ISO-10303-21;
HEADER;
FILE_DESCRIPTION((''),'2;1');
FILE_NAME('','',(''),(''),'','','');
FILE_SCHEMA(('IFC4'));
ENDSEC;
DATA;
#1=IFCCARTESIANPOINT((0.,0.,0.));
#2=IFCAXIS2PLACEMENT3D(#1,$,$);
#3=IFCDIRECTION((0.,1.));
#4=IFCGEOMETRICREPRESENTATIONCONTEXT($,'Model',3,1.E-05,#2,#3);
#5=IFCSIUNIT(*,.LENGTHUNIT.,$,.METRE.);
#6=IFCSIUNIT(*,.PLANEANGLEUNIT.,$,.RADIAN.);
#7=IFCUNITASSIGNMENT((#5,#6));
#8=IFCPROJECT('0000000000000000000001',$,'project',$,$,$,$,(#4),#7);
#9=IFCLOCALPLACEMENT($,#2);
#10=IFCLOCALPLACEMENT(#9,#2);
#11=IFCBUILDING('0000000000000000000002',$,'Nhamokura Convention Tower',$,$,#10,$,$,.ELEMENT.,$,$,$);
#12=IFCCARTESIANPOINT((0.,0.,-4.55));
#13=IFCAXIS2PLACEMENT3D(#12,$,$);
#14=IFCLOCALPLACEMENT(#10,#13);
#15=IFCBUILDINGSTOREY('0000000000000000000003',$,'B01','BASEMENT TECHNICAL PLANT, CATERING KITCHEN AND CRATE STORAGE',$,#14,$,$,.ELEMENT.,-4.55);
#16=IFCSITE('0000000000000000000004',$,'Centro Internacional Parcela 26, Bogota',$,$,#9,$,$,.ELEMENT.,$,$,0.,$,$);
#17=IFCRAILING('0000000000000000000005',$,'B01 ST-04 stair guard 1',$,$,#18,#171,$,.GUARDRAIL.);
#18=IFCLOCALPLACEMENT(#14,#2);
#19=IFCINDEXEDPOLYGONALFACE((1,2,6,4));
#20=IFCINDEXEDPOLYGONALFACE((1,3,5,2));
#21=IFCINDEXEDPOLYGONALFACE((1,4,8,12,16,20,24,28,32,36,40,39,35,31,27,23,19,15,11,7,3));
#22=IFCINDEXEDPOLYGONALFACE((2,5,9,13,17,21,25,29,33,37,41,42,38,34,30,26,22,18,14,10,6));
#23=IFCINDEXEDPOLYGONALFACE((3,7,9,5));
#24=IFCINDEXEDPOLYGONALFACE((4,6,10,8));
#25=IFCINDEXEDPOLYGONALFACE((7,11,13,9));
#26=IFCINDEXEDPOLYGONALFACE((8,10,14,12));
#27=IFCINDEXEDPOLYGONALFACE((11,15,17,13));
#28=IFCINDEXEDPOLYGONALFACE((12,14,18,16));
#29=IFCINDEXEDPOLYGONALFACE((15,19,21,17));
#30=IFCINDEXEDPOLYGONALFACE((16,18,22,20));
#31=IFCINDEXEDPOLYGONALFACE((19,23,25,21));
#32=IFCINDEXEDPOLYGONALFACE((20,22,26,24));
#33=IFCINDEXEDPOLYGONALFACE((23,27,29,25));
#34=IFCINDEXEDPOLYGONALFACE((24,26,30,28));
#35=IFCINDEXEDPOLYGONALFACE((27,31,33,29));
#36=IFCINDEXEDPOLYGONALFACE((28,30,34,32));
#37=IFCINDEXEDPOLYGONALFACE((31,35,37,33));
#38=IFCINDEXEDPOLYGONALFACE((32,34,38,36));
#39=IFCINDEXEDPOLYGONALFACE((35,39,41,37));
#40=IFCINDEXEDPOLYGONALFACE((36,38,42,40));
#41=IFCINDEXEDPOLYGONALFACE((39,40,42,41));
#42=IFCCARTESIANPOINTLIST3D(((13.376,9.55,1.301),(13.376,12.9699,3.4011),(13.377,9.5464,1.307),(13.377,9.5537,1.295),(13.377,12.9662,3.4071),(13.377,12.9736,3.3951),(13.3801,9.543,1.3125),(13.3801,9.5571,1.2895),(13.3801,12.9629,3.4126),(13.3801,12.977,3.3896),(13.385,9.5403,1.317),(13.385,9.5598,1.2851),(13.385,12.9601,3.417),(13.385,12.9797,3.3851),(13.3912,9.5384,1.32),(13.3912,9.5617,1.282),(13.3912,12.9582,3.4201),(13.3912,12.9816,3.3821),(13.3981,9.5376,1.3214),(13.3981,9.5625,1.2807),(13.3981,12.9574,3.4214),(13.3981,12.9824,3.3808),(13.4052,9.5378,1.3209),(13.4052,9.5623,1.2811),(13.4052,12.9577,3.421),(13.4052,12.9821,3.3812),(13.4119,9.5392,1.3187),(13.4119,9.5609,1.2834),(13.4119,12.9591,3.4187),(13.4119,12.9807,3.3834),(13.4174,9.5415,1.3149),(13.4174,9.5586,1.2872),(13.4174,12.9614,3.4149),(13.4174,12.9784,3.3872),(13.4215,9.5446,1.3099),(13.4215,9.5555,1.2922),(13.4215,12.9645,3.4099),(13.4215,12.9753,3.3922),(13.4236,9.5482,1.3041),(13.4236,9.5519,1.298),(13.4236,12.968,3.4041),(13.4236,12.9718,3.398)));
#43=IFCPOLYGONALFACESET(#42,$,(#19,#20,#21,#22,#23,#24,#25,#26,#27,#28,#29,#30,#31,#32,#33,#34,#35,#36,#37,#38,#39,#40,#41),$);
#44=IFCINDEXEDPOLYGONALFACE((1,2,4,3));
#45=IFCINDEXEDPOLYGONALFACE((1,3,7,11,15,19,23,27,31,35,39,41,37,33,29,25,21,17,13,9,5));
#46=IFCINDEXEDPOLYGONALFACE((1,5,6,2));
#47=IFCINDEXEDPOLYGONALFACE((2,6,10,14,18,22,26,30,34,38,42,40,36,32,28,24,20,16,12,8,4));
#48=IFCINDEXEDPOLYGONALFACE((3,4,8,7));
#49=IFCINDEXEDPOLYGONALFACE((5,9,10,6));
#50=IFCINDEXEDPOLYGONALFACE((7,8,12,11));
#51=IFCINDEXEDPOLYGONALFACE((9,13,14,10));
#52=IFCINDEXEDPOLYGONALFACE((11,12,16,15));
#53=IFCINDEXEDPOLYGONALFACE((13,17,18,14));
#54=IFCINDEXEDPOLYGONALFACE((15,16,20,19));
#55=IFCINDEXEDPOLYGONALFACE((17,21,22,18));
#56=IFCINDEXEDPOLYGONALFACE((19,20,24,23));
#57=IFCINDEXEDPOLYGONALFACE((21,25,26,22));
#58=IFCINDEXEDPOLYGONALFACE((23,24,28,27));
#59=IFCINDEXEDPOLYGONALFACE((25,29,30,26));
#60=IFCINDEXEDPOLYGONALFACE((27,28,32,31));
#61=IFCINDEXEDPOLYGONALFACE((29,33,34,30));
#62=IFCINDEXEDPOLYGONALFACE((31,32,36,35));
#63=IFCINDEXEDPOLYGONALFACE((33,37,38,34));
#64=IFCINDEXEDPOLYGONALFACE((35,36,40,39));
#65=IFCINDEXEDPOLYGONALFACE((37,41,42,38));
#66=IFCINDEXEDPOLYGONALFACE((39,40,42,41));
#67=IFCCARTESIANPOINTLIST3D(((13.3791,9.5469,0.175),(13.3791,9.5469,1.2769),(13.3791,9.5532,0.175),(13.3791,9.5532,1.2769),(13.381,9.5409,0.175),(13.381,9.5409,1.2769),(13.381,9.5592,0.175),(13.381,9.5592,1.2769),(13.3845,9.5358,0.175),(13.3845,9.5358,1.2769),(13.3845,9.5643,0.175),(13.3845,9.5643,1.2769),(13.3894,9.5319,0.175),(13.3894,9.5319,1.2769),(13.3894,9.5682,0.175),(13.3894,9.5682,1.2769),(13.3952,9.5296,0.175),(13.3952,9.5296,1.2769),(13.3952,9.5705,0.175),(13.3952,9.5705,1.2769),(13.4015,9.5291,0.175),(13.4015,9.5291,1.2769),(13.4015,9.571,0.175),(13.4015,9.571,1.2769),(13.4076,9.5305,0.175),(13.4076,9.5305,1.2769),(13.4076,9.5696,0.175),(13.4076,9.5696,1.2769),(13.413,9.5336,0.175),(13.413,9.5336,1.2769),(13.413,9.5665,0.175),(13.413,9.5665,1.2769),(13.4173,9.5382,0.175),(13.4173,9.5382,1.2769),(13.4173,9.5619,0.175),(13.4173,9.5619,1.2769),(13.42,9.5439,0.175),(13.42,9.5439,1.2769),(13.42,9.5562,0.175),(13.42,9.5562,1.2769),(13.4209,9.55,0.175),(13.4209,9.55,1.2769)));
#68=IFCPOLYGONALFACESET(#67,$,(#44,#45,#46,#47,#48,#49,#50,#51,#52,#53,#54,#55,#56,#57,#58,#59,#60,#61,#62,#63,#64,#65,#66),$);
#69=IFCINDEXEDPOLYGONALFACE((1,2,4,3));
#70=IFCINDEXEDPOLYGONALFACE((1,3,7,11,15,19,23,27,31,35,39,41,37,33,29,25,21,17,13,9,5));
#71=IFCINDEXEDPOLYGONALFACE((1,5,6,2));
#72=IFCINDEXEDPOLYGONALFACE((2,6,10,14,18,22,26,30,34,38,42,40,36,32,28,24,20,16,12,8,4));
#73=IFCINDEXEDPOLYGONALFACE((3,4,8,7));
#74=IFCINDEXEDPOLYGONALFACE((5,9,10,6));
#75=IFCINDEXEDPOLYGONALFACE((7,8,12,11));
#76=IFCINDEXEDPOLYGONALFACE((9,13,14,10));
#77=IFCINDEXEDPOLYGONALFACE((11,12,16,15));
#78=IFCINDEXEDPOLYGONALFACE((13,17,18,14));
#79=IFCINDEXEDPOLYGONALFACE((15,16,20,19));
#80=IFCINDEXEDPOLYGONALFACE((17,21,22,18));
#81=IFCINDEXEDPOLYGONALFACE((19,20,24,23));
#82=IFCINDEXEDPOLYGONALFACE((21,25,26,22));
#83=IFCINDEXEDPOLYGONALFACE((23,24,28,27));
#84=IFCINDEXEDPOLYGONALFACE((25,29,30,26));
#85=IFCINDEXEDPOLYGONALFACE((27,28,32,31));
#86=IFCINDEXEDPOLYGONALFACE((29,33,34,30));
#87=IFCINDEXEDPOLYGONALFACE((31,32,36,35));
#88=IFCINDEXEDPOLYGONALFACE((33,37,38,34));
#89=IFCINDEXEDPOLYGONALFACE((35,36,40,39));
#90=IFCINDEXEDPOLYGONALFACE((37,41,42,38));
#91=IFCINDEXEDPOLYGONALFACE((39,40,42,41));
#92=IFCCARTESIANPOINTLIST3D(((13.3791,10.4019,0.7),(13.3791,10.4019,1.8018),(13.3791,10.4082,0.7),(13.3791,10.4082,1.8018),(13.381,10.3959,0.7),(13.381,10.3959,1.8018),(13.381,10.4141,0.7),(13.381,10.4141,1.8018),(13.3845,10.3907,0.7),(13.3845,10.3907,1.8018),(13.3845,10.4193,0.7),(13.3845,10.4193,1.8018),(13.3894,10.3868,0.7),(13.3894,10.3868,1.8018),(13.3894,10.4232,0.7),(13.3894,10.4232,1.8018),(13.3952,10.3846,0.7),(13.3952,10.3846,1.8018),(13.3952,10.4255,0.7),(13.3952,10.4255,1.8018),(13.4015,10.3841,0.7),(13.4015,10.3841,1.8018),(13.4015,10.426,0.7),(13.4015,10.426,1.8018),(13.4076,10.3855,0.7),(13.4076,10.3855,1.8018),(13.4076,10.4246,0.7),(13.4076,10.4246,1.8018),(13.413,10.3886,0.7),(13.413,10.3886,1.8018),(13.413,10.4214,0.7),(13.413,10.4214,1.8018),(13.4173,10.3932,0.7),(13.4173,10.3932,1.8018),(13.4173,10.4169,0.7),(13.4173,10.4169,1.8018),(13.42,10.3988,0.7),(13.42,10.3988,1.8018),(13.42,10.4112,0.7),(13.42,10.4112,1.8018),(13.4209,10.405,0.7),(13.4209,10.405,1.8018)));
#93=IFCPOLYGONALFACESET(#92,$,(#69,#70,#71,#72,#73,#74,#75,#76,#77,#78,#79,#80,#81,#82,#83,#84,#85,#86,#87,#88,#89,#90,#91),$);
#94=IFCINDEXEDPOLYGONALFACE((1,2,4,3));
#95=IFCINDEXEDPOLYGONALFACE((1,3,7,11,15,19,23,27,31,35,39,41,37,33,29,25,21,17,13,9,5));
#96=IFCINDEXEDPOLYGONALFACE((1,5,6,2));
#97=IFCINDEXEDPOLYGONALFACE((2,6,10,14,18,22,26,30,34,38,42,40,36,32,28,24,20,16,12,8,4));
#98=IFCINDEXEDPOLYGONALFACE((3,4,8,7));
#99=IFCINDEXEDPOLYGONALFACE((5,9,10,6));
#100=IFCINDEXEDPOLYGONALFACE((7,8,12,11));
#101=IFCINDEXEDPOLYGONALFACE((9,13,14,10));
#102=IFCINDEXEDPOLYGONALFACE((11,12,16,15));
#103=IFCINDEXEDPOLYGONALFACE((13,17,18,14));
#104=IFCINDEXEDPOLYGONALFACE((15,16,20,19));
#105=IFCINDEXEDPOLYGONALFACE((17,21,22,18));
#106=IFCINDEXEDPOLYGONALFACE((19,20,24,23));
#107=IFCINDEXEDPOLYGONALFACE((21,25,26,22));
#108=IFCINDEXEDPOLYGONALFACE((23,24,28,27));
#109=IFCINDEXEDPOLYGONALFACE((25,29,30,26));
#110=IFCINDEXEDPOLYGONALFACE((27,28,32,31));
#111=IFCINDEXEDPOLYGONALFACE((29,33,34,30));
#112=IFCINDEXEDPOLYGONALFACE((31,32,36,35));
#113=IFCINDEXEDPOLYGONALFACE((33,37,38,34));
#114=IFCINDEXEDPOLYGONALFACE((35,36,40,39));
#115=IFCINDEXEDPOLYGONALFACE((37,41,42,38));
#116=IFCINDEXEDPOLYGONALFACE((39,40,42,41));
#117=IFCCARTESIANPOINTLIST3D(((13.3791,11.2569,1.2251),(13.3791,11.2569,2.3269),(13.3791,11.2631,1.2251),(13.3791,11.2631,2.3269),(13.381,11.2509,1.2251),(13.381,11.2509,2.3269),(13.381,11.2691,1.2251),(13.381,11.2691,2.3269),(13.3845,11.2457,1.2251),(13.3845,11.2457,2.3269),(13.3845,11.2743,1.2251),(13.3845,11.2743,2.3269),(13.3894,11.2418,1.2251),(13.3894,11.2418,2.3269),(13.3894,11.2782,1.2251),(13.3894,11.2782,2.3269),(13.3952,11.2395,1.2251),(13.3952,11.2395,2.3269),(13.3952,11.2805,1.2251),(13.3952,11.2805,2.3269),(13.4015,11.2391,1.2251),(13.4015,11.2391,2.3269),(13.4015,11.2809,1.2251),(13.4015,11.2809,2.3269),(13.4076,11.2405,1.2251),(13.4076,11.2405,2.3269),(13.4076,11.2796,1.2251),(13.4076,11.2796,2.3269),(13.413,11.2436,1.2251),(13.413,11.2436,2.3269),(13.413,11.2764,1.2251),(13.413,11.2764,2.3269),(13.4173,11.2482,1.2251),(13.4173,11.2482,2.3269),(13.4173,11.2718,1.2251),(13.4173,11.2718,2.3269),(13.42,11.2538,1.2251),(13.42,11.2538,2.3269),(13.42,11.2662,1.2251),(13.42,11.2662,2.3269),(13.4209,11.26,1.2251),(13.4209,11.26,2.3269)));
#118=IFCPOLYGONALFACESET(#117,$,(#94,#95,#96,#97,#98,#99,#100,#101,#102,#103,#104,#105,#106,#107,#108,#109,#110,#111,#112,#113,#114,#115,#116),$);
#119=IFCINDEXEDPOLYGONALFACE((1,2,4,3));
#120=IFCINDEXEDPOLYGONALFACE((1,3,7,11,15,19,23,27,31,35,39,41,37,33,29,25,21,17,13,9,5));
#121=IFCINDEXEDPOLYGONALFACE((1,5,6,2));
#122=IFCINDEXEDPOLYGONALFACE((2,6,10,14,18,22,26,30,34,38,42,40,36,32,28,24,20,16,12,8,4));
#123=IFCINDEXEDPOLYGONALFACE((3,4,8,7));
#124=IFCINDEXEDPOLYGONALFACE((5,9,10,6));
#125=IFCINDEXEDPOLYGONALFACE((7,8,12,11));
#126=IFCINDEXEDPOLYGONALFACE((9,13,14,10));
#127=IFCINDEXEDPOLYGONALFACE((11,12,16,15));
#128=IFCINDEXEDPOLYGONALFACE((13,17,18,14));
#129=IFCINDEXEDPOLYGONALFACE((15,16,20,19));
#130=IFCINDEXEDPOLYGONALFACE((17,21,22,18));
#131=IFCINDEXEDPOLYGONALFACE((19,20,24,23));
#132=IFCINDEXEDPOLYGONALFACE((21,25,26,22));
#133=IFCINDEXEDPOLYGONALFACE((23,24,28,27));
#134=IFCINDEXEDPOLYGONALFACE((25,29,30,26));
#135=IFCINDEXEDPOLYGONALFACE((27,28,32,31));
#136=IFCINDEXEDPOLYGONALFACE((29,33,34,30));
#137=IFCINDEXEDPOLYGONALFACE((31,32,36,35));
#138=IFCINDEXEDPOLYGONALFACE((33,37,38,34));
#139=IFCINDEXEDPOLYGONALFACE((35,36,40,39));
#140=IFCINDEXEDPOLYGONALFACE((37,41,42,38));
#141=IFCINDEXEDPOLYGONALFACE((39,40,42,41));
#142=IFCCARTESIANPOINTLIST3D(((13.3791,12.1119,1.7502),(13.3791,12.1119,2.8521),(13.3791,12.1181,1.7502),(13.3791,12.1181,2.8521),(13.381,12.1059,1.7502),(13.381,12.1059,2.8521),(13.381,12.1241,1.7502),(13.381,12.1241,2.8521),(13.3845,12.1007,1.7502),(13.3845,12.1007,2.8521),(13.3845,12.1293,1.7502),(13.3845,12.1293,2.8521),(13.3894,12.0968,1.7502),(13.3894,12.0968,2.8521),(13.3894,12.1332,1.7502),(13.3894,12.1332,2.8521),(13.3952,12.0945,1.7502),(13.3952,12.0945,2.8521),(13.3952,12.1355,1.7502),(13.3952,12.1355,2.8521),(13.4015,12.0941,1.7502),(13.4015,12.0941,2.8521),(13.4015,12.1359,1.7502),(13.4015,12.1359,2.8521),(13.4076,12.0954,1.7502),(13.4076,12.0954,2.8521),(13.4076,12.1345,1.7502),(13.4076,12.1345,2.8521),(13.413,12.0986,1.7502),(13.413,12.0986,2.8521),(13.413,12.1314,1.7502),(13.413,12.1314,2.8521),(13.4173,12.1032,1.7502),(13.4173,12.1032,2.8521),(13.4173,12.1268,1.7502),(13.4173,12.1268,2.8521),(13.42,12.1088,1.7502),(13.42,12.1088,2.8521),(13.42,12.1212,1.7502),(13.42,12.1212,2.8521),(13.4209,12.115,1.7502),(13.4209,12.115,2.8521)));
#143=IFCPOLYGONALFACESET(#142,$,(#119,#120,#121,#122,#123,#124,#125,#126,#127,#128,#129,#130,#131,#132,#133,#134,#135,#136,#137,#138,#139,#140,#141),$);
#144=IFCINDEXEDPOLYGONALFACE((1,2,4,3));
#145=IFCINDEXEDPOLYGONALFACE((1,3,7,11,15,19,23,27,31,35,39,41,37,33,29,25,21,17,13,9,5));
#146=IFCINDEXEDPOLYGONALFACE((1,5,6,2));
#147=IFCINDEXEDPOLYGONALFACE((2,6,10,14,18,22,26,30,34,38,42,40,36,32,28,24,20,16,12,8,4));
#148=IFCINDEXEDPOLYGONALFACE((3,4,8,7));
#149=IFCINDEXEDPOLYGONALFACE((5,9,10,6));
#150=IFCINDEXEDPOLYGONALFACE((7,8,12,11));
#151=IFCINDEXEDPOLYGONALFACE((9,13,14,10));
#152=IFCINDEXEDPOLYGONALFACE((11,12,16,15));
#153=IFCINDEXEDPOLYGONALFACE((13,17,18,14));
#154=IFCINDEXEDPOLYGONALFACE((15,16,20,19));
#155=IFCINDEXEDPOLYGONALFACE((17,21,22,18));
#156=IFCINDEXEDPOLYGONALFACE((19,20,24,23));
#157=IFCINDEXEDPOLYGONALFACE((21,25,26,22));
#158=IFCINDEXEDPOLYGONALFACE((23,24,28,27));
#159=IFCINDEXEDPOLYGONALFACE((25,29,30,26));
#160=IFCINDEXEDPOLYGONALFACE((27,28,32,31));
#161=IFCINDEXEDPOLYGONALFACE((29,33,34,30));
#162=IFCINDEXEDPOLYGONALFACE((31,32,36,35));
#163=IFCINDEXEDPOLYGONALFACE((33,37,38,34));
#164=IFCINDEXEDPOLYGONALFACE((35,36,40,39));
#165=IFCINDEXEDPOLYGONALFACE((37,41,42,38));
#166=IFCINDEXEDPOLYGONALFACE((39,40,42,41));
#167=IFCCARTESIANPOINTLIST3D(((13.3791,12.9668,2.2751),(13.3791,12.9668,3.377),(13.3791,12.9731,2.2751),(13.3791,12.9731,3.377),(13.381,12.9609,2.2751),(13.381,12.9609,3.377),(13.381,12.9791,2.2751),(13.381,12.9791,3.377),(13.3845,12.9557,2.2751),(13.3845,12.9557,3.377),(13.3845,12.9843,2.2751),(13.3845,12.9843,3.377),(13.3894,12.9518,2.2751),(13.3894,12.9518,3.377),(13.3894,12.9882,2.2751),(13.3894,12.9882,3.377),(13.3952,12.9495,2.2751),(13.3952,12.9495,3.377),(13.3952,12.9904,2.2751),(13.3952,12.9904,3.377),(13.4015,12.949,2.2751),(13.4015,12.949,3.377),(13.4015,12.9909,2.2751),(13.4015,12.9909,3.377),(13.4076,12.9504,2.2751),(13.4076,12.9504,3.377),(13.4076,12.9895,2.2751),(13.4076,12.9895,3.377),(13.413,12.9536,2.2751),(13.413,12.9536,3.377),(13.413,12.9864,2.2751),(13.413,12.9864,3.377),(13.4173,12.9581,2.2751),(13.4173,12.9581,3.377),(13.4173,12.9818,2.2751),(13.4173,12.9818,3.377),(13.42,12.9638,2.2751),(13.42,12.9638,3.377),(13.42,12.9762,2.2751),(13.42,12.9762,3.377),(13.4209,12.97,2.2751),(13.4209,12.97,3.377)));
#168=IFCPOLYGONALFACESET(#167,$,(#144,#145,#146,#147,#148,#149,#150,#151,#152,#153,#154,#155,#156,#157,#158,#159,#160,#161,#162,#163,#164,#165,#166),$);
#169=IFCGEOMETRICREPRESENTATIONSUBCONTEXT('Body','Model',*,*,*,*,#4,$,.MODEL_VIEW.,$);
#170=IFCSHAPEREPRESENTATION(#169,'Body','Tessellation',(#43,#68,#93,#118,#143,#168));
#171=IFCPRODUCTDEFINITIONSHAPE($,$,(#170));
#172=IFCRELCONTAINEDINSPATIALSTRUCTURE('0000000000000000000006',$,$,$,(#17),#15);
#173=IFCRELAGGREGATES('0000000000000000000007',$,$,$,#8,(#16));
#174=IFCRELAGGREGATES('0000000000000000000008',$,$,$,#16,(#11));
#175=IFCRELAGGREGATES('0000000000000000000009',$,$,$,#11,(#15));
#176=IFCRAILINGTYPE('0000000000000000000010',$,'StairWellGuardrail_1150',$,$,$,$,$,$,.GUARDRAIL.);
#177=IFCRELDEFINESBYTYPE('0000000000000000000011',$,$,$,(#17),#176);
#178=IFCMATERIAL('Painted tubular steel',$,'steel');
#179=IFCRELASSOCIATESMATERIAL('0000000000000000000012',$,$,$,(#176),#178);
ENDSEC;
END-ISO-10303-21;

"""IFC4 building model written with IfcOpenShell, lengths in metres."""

from ifc_helpers import new_model, si_unit, direction, frame, origin, origin_2d, place, context, subcontext, project, spatial, circle, extrude, material, type_object, element, save


model = new_model("IFC4")

# Units and contexts
model_context = context("Model", 3, precision=1e-05, world=origin(), true_north=direction((0.0, 1.0)))
body_context = subcontext(model_context, "Body", "Model", "MODEL_VIEW")
ifc_project = project(units=[si_unit("LENGTHUNIT", "METRE"), si_unit("PLANEANGLEUNIT", "RADIAN")], contexts=[model_context])

# Site, building, storey
site_placement = place(None, origin())
site = spatial("IfcSite", under=ifc_project, at=site_placement, Name="Centro Internacional Parcela 26, Bogota", CompositionType="ELEMENT", RefElevation=0.0)
building_placement = place(site_placement, origin())
building = spatial("IfcBuilding", under=site, at=building_placement, Name="Nhamokura Convention Tower", CompositionType="ELEMENT")
storey_placement = place(building_placement, frame((0.0, 0.0, -4.55)))
storey = spatial("IfcBuildingStorey", under=building, at=storey_placement, Name="B01", Description="BASEMENT TECHNICAL PLANT, CATERING KITCHEN AND CRATE STORAGE", CompositionType="ELEMENT", Elevation=-4.55)

# Railing
ifc_material_1 = material(Name="Painted tubular steel", Category="steel")
railing_type_1 = type_object("IfcRailingType", Name="StairWellGuardrail_1150", PredefinedType="GUARDRAIL", material=ifc_material_1)
railing_1_placement = place(storey_placement, frame((13.3999, 9.55, 0.175)))
element("IfcRailing", 1, at=railing_1_placement, inside=storey, type_object=railing_type_1, Name="B01 ST-04 stair guard 1", PredefinedType="GUARDRAIL", context=body_context, shape_type="SweptSolid", body=[
    extrude(circle(Radius=0.0239, at=origin_2d()), frame((0.0, 0.0, 1.126), z_axis=(0.0, 0.852155, 0.523289), x_axis=(-1.0, 0.0, 0.0)), (0.0, 0.0, 1.0), 4.0132),
    extrude(circle(Radius=0.021, at=origin_2d()), origin(), (0.0, 0.0, 1.0), 1.1018),
    extrude(circle(Radius=0.021, at=origin_2d()), frame((0.0, 0.855, 0.5249)), (0.0, 0.0, 1.0), 1.1018),
    extrude(circle(Radius=0.021, at=origin_2d()), frame((0.0, 1.71, 1.05)), (0.0, 0.0, 1.0), 1.1018),
    extrude(circle(Radius=0.021, at=origin_2d()), frame((0.0, 2.5649, 1.5752)), (0.0, 0.0, 1.0), 1.1018),
    extrude(circle(Radius=0.021, at=origin_2d()), frame((0.0, 3.4199, 2.1001)), (0.0, 0.0, 1.0), 1.1018),
])

save(model, "model.ifc")
